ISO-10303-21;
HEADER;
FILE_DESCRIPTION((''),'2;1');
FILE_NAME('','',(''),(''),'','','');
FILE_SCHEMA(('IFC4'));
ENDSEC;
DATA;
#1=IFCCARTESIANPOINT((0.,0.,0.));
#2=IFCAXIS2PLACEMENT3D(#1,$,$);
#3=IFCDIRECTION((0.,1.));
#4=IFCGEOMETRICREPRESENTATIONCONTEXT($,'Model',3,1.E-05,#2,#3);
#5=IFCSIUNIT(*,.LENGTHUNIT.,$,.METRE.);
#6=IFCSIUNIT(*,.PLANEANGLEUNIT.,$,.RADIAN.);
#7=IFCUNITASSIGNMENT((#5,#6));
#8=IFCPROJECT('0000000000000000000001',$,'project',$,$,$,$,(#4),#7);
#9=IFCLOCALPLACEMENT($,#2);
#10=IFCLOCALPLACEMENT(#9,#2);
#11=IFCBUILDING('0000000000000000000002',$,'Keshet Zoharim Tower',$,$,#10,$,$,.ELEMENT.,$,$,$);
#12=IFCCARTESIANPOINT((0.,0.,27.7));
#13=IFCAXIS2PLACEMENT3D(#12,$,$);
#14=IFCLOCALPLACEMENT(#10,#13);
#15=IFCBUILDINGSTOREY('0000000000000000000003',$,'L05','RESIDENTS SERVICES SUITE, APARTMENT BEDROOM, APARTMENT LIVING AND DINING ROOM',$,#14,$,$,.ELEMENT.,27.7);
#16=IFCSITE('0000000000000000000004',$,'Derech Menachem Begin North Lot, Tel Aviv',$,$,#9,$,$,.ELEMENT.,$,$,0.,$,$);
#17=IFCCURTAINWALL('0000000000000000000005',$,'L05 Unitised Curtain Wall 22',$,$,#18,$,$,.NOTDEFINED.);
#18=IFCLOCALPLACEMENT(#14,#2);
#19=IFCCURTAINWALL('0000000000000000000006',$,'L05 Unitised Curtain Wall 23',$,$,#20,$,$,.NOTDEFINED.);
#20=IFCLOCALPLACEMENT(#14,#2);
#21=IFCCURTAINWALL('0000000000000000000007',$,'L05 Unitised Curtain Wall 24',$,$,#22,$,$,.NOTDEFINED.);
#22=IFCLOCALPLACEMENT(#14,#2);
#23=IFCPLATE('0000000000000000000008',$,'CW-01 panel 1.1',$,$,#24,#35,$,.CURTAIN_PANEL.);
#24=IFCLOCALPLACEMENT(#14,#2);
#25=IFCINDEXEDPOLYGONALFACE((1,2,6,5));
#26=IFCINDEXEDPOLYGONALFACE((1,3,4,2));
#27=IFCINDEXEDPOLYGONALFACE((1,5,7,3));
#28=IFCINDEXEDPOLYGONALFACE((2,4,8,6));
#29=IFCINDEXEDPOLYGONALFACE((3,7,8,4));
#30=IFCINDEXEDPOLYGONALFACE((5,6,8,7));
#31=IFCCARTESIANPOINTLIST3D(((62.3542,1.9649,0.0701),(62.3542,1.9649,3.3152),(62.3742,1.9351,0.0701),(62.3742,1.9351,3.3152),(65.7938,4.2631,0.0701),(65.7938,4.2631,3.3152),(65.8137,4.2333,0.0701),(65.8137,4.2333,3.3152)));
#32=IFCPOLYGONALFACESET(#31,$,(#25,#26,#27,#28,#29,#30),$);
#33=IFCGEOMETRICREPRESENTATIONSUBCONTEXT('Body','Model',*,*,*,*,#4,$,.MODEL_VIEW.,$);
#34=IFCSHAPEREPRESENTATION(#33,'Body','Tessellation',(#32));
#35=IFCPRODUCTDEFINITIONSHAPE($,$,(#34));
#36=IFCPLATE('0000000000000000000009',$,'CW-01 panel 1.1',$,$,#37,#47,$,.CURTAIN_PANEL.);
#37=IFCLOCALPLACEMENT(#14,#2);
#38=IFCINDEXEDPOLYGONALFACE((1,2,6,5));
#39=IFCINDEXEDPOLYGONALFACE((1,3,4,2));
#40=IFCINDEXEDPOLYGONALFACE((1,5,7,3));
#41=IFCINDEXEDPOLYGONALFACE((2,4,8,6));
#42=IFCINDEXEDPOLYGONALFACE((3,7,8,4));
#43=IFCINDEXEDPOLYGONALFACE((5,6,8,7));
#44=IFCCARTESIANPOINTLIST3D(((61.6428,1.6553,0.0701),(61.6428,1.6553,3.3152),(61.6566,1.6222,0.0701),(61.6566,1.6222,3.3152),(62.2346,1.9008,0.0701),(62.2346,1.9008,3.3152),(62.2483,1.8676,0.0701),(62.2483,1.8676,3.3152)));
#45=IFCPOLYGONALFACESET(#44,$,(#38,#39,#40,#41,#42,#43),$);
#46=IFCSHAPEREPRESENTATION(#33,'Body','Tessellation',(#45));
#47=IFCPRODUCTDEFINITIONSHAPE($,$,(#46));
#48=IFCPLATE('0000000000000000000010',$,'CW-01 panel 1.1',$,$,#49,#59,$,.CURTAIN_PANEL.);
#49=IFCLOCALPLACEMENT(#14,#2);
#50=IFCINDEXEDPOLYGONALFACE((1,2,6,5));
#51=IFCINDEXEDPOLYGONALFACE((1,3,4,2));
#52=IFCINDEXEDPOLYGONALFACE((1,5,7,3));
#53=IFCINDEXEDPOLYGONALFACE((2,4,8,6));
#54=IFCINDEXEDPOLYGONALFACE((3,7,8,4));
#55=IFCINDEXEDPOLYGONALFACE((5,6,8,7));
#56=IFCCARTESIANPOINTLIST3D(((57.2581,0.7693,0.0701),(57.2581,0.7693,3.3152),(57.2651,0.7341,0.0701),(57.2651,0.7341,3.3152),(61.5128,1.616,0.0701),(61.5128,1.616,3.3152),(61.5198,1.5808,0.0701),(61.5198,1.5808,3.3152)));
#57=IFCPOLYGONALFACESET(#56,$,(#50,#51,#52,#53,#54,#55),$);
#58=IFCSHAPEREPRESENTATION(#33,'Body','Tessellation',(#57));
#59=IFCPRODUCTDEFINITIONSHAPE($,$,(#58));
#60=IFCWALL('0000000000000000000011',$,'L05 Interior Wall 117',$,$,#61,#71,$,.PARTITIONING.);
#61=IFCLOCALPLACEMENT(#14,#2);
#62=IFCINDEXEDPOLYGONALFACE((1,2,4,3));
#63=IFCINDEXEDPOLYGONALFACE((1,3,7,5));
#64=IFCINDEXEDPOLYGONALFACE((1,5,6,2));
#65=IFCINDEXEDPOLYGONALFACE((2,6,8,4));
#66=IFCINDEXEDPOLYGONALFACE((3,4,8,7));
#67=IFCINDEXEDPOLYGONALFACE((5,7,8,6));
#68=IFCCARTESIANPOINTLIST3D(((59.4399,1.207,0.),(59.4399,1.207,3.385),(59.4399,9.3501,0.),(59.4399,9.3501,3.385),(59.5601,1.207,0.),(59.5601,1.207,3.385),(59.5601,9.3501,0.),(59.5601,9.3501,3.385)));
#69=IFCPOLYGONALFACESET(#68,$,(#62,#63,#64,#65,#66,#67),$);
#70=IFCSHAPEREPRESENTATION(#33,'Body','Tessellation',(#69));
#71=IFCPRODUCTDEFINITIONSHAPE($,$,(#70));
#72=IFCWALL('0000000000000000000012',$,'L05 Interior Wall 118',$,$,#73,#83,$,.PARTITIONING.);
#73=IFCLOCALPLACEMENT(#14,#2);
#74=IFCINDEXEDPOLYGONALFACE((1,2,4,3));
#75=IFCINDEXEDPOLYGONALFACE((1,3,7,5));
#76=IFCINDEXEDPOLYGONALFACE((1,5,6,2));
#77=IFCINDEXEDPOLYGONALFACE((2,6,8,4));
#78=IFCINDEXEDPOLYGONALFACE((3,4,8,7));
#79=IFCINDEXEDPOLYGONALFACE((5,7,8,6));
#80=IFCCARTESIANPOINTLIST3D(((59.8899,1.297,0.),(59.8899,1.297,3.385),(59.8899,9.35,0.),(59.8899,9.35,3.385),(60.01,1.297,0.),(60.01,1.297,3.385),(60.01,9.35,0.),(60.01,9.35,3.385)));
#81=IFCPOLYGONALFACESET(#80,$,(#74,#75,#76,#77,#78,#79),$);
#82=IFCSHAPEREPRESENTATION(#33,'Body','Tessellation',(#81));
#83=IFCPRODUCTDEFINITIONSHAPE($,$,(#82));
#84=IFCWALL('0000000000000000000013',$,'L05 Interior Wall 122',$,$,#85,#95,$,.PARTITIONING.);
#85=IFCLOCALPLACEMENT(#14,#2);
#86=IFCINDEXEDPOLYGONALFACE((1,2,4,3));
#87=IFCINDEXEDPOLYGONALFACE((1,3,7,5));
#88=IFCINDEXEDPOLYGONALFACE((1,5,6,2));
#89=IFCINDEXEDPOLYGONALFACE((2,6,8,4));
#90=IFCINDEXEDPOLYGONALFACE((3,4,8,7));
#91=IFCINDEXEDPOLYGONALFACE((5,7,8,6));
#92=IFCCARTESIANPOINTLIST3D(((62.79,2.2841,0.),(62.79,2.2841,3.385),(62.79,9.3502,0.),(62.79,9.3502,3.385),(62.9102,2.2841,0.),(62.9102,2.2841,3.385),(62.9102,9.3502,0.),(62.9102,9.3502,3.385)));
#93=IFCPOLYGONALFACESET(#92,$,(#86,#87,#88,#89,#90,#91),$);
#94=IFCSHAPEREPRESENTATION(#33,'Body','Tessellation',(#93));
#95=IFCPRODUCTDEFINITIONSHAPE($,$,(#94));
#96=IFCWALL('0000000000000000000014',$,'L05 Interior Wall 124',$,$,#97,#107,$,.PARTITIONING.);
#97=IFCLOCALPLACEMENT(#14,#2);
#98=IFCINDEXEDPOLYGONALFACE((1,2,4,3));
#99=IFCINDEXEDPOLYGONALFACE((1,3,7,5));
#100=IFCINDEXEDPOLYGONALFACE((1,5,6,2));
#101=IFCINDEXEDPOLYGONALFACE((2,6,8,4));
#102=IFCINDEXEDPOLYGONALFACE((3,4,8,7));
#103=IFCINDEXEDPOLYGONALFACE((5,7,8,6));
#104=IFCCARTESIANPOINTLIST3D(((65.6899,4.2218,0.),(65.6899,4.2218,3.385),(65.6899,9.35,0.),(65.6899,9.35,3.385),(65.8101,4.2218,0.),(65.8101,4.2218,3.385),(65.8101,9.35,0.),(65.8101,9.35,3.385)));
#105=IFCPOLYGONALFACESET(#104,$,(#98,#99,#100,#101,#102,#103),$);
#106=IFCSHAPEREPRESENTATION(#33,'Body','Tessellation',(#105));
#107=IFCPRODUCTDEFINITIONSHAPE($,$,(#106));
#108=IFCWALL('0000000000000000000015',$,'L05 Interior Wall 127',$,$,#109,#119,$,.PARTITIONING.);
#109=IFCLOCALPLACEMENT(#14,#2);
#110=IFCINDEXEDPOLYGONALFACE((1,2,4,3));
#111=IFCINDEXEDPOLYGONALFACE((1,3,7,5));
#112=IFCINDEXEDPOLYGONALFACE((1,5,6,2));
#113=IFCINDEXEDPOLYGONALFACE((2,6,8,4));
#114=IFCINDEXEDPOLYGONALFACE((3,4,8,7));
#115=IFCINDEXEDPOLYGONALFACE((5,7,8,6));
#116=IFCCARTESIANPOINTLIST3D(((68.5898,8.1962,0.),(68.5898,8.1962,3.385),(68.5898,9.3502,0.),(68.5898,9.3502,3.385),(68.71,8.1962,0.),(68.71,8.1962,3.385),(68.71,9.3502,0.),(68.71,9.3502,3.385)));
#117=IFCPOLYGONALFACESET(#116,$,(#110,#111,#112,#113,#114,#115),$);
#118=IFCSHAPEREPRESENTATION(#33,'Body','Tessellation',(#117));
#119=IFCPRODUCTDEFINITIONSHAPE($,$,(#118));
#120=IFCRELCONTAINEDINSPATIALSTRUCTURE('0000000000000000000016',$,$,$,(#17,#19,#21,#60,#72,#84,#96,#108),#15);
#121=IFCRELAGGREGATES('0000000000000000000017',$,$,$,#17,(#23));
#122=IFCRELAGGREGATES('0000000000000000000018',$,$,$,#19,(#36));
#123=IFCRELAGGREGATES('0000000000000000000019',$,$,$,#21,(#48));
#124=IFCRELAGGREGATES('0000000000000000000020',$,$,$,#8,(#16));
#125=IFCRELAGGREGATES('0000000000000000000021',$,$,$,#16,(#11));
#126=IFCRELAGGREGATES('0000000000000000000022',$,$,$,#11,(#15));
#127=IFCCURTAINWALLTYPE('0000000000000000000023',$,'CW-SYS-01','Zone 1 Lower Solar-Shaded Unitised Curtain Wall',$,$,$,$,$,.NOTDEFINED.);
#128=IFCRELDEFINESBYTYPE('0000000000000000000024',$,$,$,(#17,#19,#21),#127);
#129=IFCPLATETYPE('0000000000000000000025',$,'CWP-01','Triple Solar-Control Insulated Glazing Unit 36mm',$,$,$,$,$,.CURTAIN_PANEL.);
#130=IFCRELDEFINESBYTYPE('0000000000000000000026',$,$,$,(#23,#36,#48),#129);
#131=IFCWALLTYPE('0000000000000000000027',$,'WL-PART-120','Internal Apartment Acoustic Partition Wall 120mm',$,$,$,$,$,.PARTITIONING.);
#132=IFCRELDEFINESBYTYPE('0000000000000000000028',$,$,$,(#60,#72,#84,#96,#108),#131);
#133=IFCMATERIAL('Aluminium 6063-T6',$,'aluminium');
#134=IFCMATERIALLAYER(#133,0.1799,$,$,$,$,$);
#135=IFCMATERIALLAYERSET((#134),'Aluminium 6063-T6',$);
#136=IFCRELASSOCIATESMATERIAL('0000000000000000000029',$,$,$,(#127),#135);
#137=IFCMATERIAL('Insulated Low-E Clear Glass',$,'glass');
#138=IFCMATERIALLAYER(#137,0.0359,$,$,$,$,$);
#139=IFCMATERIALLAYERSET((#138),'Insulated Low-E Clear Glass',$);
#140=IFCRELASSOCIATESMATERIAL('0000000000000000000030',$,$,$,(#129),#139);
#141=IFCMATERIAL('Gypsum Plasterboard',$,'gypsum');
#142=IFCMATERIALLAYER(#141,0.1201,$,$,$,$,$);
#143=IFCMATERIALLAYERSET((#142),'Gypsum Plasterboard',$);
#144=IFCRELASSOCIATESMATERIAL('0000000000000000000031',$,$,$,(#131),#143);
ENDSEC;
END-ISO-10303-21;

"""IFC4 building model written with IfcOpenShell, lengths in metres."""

from ifc_helpers import new_model, si_unit, direction, frame, frame_2d, origin, origin_2d, place, context, subcontext, project, spatial, rectangle, extrude, material, layer, layer_set, type_object, element, aggregate, save


model = new_model("IFC4")

# Units and contexts
model_context = context("Model", 3, precision=1e-05, world=origin(), true_north=direction((0.0, 1.0)))
body_context = subcontext(model_context, "Body", "Model", "MODEL_VIEW")
ifc_project = project(units=[si_unit("LENGTHUNIT", "METRE"), si_unit("PLANEANGLEUNIT", "RADIAN")], contexts=[model_context])

# Site, building, storey
site_placement = place(None, origin())
site = spatial("IfcSite", under=ifc_project, at=site_placement, Name="Derech Menachem Begin North Lot, Tel Aviv", CompositionType="ELEMENT", RefElevation=0.0)
building_placement = place(site_placement, origin())
building = spatial("IfcBuilding", under=site, at=building_placement, Name="Keshet Zoharim Tower", CompositionType="ELEMENT")
storey_placement = place(building_placement, frame((0.0, 0.0, 27.7)))
storey = spatial("IfcBuildingStorey", under=building, at=storey_placement, Name="L05", Description="RESIDENTS SERVICES SUITE, APARTMENT BEDROOM, APARTMENT LIVING AND DINING ROOM", CompositionType="ELEMENT", Elevation=27.7)

# Shared definitions
ifc_material_1 = material(Name="Aluminium 6063-T6", Category="aluminium")
ifc_layer_1 = layer(ifc_material_1, 0.1799)
ifc_layer_set_1 = layer_set([ifc_layer_1], Name="Aluminium 6063-T6")
curtain_wall_type = type_object("IfcCurtainWallType", Name="CW-SYS-01", Description="Zone 1 Lower Solar-Shaded Unitised Curtain Wall", PredefinedType="NOTDEFINED", material=ifc_layer_set_1)

# Curtain walls
curtain_wall_1_placement = place(storey_placement, origin())
curtain_wall_1 = element("IfcCurtainWall", 1, at=curtain_wall_1_placement, inside=storey, type_object=curtain_wall_type, Name="L05 Unitised Curtain Wall 22", PredefinedType="NOTDEFINED")
curtain_wall_2_placement = place(storey_placement, origin())
curtain_wall_2 = element("IfcCurtainWall", 2, at=curtain_wall_2_placement, inside=storey, type_object=curtain_wall_type, Name="L05 Unitised Curtain Wall 23", PredefinedType="NOTDEFINED")
curtain_wall_3_placement = place(storey_placement, origin())
curtain_wall_3 = element("IfcCurtainWall", 3, at=curtain_wall_3_placement, inside=storey, type_object=curtain_wall_type, Name="L05 Unitised Curtain Wall 24", PredefinedType="NOTDEFINED")

# Plates
ifc_material_2 = material(Name="Insulated Low-E Clear Glass", Category="glass")
ifc_layer_2 = layer(ifc_material_2, 0.0359)
ifc_layer_set_2 = layer_set([ifc_layer_2], Name="Insulated Low-E Clear Glass")
plate_type = type_object("IfcPlateType", Name="CWP-01", Description="Triple Solar-Control Insulated Glazing Unit 36mm", PredefinedType="CURTAIN_PANEL", material=ifc_layer_set_2)
plate_1_placement = place(storey_placement, frame((64.084, 3.0991, 0.0701), z_axis=(0.0, 0.0, 1.0), x_axis=(-0.831474, -0.555563, 0.0)))
plate_1 = element("IfcPlate", 4, at=plate_1_placement, type_object=plate_type, Name="CW-01 panel 1.1", PredefinedType="CURTAIN_PANEL", context=body_context, shape_type="SweptSolid", body=[
    extrude(rectangle(XDim=4.1367, YDim=0.0359, at=origin_2d()), origin(), (0.0, 0.0, 1.0), 3.2451),
])
aggregate(curtain_wall_1, [plate_1])
plate_2_placement = place(storey_placement, frame((61.9456, 1.7615, 0.0701), z_axis=(0.0, 0.0, 1.0), x_axis=(-0.92372, -0.383068, 0.0)))
plate_2 = element("IfcPlate", 5, at=plate_2_placement, type_object=plate_type, Name="CW-01 panel 1.1", PredefinedType="CURTAIN_PANEL", context=body_context, shape_type="SweptSolid", body=[
    extrude(rectangle(XDim=0.6406, YDim=0.0359, at=origin_2d()), origin(), (0.0, 0.0, 1.0), 3.2451),
])
aggregate(curtain_wall_2, [plate_2])
plate_3_placement = place(storey_placement, frame((59.3889, 1.175, 0.0701), z_axis=(0.0, 0.0, 1.0), x_axis=(-0.980769, -0.195171, 0.0)))
plate_3 = element("IfcPlate", 6, at=plate_3_placement, type_object=plate_type, Name="CW-01 panel 1.1", PredefinedType="CURTAIN_PANEL", context=body_context, shape_type="SweptSolid", body=[
    extrude(rectangle(XDim=4.3381, YDim=0.0359, at=origin_2d()), origin(), (0.0, 0.0, 1.0), 3.2451),
])
aggregate(curtain_wall_3, [plate_3])

# Walls
ifc_material_3 = material(Name="Gypsum Plasterboard", Category="gypsum")
ifc_layer_3 = layer(ifc_material_3, 0.1201)
ifc_layer_set_3 = layer_set([ifc_layer_3], Name="Gypsum Plasterboard")
wall_type = type_object("IfcWallType", Name="WL-PART-120", Description="Internal Apartment Acoustic Partition Wall 120mm", PredefinedType="PARTITIONING", material=ifc_layer_set_3)
wall_1_placement = place(storey_placement, frame((59.5, 1.207, 0.0), z_axis=(0.0, 0.0, 1.0), x_axis=(0.0, 1.0, 0.0)))
element("IfcWall", 7, at=wall_1_placement, inside=storey, type_object=wall_type, Name="L05 Interior Wall 117", PredefinedType="PARTITIONING", context=body_context, shape_type="SweptSolid", body=[
    extrude(rectangle(XDim=8.1431, YDim=0.1201, at=frame_2d((4.0715, 0.0))), origin(), (0.0, 0.0, 1.0), 3.385),
])
wall_2_placement = place(storey_placement, frame((59.95, 1.2971, 0.0), z_axis=(0.0, 0.0, 1.0), x_axis=(0.0, 1.0, 0.0)))
element("IfcWall", 8, at=wall_2_placement, inside=storey, type_object=wall_type, Name="L05 Interior Wall 118", PredefinedType="PARTITIONING", context=body_context, shape_type="SweptSolid", body=[
    extrude(rectangle(XDim=8.053, YDim=0.1201, at=frame_2d((4.0264, 0.0))), origin(), (0.0, 0.0, 1.0), 3.385),
])
wall_3_placement = place(storey_placement, frame((62.8501, 2.2839, 0.0), z_axis=(0.0, 0.0, 1.0), x_axis=(0.0, 1.0, 0.0)))
element("IfcWall", 9, at=wall_3_placement, inside=storey, type_object=wall_type, Name="L05 Interior Wall 122", PredefinedType="PARTITIONING", context=body_context, shape_type="SweptSolid", body=[
    extrude(rectangle(XDim=7.0662, YDim=0.1201, at=frame_2d((3.5332, 0.0))), origin(), (0.0, 0.0, 1.0), 3.385),
])
wall_4_placement = place(storey_placement, frame((65.75, 4.2219, 0.0), z_axis=(0.0, 0.0, 1.0), x_axis=(0.0, 1.0, 0.0)))
element("IfcWall", 10, at=wall_4_placement, inside=storey, type_object=wall_type, Name="L05 Interior Wall 124", PredefinedType="PARTITIONING", context=body_context, shape_type="SweptSolid", body=[
    extrude(rectangle(XDim=5.1282, YDim=0.1201, at=frame_2d((2.564, 0.0))), origin(), (0.0, 0.0, 1.0), 3.385),
])
wall_5_placement = place(storey_placement, frame((68.6499, 8.196, 0.0), z_axis=(0.0, 0.0, 1.0), x_axis=(0.0, 1.0, 0.0)))
element("IfcWall", 11, at=wall_5_placement, inside=storey, type_object=wall_type, Name="L05 Interior Wall 127", PredefinedType="PARTITIONING", context=body_context, shape_type="SweptSolid", body=[
    extrude(rectangle(XDim=1.1541, YDim=0.1201, at=frame_2d((0.5771, 0.0))), origin(), (0.0, 0.0, 1.0), 3.385),
])

save(model, "model.ifc")
